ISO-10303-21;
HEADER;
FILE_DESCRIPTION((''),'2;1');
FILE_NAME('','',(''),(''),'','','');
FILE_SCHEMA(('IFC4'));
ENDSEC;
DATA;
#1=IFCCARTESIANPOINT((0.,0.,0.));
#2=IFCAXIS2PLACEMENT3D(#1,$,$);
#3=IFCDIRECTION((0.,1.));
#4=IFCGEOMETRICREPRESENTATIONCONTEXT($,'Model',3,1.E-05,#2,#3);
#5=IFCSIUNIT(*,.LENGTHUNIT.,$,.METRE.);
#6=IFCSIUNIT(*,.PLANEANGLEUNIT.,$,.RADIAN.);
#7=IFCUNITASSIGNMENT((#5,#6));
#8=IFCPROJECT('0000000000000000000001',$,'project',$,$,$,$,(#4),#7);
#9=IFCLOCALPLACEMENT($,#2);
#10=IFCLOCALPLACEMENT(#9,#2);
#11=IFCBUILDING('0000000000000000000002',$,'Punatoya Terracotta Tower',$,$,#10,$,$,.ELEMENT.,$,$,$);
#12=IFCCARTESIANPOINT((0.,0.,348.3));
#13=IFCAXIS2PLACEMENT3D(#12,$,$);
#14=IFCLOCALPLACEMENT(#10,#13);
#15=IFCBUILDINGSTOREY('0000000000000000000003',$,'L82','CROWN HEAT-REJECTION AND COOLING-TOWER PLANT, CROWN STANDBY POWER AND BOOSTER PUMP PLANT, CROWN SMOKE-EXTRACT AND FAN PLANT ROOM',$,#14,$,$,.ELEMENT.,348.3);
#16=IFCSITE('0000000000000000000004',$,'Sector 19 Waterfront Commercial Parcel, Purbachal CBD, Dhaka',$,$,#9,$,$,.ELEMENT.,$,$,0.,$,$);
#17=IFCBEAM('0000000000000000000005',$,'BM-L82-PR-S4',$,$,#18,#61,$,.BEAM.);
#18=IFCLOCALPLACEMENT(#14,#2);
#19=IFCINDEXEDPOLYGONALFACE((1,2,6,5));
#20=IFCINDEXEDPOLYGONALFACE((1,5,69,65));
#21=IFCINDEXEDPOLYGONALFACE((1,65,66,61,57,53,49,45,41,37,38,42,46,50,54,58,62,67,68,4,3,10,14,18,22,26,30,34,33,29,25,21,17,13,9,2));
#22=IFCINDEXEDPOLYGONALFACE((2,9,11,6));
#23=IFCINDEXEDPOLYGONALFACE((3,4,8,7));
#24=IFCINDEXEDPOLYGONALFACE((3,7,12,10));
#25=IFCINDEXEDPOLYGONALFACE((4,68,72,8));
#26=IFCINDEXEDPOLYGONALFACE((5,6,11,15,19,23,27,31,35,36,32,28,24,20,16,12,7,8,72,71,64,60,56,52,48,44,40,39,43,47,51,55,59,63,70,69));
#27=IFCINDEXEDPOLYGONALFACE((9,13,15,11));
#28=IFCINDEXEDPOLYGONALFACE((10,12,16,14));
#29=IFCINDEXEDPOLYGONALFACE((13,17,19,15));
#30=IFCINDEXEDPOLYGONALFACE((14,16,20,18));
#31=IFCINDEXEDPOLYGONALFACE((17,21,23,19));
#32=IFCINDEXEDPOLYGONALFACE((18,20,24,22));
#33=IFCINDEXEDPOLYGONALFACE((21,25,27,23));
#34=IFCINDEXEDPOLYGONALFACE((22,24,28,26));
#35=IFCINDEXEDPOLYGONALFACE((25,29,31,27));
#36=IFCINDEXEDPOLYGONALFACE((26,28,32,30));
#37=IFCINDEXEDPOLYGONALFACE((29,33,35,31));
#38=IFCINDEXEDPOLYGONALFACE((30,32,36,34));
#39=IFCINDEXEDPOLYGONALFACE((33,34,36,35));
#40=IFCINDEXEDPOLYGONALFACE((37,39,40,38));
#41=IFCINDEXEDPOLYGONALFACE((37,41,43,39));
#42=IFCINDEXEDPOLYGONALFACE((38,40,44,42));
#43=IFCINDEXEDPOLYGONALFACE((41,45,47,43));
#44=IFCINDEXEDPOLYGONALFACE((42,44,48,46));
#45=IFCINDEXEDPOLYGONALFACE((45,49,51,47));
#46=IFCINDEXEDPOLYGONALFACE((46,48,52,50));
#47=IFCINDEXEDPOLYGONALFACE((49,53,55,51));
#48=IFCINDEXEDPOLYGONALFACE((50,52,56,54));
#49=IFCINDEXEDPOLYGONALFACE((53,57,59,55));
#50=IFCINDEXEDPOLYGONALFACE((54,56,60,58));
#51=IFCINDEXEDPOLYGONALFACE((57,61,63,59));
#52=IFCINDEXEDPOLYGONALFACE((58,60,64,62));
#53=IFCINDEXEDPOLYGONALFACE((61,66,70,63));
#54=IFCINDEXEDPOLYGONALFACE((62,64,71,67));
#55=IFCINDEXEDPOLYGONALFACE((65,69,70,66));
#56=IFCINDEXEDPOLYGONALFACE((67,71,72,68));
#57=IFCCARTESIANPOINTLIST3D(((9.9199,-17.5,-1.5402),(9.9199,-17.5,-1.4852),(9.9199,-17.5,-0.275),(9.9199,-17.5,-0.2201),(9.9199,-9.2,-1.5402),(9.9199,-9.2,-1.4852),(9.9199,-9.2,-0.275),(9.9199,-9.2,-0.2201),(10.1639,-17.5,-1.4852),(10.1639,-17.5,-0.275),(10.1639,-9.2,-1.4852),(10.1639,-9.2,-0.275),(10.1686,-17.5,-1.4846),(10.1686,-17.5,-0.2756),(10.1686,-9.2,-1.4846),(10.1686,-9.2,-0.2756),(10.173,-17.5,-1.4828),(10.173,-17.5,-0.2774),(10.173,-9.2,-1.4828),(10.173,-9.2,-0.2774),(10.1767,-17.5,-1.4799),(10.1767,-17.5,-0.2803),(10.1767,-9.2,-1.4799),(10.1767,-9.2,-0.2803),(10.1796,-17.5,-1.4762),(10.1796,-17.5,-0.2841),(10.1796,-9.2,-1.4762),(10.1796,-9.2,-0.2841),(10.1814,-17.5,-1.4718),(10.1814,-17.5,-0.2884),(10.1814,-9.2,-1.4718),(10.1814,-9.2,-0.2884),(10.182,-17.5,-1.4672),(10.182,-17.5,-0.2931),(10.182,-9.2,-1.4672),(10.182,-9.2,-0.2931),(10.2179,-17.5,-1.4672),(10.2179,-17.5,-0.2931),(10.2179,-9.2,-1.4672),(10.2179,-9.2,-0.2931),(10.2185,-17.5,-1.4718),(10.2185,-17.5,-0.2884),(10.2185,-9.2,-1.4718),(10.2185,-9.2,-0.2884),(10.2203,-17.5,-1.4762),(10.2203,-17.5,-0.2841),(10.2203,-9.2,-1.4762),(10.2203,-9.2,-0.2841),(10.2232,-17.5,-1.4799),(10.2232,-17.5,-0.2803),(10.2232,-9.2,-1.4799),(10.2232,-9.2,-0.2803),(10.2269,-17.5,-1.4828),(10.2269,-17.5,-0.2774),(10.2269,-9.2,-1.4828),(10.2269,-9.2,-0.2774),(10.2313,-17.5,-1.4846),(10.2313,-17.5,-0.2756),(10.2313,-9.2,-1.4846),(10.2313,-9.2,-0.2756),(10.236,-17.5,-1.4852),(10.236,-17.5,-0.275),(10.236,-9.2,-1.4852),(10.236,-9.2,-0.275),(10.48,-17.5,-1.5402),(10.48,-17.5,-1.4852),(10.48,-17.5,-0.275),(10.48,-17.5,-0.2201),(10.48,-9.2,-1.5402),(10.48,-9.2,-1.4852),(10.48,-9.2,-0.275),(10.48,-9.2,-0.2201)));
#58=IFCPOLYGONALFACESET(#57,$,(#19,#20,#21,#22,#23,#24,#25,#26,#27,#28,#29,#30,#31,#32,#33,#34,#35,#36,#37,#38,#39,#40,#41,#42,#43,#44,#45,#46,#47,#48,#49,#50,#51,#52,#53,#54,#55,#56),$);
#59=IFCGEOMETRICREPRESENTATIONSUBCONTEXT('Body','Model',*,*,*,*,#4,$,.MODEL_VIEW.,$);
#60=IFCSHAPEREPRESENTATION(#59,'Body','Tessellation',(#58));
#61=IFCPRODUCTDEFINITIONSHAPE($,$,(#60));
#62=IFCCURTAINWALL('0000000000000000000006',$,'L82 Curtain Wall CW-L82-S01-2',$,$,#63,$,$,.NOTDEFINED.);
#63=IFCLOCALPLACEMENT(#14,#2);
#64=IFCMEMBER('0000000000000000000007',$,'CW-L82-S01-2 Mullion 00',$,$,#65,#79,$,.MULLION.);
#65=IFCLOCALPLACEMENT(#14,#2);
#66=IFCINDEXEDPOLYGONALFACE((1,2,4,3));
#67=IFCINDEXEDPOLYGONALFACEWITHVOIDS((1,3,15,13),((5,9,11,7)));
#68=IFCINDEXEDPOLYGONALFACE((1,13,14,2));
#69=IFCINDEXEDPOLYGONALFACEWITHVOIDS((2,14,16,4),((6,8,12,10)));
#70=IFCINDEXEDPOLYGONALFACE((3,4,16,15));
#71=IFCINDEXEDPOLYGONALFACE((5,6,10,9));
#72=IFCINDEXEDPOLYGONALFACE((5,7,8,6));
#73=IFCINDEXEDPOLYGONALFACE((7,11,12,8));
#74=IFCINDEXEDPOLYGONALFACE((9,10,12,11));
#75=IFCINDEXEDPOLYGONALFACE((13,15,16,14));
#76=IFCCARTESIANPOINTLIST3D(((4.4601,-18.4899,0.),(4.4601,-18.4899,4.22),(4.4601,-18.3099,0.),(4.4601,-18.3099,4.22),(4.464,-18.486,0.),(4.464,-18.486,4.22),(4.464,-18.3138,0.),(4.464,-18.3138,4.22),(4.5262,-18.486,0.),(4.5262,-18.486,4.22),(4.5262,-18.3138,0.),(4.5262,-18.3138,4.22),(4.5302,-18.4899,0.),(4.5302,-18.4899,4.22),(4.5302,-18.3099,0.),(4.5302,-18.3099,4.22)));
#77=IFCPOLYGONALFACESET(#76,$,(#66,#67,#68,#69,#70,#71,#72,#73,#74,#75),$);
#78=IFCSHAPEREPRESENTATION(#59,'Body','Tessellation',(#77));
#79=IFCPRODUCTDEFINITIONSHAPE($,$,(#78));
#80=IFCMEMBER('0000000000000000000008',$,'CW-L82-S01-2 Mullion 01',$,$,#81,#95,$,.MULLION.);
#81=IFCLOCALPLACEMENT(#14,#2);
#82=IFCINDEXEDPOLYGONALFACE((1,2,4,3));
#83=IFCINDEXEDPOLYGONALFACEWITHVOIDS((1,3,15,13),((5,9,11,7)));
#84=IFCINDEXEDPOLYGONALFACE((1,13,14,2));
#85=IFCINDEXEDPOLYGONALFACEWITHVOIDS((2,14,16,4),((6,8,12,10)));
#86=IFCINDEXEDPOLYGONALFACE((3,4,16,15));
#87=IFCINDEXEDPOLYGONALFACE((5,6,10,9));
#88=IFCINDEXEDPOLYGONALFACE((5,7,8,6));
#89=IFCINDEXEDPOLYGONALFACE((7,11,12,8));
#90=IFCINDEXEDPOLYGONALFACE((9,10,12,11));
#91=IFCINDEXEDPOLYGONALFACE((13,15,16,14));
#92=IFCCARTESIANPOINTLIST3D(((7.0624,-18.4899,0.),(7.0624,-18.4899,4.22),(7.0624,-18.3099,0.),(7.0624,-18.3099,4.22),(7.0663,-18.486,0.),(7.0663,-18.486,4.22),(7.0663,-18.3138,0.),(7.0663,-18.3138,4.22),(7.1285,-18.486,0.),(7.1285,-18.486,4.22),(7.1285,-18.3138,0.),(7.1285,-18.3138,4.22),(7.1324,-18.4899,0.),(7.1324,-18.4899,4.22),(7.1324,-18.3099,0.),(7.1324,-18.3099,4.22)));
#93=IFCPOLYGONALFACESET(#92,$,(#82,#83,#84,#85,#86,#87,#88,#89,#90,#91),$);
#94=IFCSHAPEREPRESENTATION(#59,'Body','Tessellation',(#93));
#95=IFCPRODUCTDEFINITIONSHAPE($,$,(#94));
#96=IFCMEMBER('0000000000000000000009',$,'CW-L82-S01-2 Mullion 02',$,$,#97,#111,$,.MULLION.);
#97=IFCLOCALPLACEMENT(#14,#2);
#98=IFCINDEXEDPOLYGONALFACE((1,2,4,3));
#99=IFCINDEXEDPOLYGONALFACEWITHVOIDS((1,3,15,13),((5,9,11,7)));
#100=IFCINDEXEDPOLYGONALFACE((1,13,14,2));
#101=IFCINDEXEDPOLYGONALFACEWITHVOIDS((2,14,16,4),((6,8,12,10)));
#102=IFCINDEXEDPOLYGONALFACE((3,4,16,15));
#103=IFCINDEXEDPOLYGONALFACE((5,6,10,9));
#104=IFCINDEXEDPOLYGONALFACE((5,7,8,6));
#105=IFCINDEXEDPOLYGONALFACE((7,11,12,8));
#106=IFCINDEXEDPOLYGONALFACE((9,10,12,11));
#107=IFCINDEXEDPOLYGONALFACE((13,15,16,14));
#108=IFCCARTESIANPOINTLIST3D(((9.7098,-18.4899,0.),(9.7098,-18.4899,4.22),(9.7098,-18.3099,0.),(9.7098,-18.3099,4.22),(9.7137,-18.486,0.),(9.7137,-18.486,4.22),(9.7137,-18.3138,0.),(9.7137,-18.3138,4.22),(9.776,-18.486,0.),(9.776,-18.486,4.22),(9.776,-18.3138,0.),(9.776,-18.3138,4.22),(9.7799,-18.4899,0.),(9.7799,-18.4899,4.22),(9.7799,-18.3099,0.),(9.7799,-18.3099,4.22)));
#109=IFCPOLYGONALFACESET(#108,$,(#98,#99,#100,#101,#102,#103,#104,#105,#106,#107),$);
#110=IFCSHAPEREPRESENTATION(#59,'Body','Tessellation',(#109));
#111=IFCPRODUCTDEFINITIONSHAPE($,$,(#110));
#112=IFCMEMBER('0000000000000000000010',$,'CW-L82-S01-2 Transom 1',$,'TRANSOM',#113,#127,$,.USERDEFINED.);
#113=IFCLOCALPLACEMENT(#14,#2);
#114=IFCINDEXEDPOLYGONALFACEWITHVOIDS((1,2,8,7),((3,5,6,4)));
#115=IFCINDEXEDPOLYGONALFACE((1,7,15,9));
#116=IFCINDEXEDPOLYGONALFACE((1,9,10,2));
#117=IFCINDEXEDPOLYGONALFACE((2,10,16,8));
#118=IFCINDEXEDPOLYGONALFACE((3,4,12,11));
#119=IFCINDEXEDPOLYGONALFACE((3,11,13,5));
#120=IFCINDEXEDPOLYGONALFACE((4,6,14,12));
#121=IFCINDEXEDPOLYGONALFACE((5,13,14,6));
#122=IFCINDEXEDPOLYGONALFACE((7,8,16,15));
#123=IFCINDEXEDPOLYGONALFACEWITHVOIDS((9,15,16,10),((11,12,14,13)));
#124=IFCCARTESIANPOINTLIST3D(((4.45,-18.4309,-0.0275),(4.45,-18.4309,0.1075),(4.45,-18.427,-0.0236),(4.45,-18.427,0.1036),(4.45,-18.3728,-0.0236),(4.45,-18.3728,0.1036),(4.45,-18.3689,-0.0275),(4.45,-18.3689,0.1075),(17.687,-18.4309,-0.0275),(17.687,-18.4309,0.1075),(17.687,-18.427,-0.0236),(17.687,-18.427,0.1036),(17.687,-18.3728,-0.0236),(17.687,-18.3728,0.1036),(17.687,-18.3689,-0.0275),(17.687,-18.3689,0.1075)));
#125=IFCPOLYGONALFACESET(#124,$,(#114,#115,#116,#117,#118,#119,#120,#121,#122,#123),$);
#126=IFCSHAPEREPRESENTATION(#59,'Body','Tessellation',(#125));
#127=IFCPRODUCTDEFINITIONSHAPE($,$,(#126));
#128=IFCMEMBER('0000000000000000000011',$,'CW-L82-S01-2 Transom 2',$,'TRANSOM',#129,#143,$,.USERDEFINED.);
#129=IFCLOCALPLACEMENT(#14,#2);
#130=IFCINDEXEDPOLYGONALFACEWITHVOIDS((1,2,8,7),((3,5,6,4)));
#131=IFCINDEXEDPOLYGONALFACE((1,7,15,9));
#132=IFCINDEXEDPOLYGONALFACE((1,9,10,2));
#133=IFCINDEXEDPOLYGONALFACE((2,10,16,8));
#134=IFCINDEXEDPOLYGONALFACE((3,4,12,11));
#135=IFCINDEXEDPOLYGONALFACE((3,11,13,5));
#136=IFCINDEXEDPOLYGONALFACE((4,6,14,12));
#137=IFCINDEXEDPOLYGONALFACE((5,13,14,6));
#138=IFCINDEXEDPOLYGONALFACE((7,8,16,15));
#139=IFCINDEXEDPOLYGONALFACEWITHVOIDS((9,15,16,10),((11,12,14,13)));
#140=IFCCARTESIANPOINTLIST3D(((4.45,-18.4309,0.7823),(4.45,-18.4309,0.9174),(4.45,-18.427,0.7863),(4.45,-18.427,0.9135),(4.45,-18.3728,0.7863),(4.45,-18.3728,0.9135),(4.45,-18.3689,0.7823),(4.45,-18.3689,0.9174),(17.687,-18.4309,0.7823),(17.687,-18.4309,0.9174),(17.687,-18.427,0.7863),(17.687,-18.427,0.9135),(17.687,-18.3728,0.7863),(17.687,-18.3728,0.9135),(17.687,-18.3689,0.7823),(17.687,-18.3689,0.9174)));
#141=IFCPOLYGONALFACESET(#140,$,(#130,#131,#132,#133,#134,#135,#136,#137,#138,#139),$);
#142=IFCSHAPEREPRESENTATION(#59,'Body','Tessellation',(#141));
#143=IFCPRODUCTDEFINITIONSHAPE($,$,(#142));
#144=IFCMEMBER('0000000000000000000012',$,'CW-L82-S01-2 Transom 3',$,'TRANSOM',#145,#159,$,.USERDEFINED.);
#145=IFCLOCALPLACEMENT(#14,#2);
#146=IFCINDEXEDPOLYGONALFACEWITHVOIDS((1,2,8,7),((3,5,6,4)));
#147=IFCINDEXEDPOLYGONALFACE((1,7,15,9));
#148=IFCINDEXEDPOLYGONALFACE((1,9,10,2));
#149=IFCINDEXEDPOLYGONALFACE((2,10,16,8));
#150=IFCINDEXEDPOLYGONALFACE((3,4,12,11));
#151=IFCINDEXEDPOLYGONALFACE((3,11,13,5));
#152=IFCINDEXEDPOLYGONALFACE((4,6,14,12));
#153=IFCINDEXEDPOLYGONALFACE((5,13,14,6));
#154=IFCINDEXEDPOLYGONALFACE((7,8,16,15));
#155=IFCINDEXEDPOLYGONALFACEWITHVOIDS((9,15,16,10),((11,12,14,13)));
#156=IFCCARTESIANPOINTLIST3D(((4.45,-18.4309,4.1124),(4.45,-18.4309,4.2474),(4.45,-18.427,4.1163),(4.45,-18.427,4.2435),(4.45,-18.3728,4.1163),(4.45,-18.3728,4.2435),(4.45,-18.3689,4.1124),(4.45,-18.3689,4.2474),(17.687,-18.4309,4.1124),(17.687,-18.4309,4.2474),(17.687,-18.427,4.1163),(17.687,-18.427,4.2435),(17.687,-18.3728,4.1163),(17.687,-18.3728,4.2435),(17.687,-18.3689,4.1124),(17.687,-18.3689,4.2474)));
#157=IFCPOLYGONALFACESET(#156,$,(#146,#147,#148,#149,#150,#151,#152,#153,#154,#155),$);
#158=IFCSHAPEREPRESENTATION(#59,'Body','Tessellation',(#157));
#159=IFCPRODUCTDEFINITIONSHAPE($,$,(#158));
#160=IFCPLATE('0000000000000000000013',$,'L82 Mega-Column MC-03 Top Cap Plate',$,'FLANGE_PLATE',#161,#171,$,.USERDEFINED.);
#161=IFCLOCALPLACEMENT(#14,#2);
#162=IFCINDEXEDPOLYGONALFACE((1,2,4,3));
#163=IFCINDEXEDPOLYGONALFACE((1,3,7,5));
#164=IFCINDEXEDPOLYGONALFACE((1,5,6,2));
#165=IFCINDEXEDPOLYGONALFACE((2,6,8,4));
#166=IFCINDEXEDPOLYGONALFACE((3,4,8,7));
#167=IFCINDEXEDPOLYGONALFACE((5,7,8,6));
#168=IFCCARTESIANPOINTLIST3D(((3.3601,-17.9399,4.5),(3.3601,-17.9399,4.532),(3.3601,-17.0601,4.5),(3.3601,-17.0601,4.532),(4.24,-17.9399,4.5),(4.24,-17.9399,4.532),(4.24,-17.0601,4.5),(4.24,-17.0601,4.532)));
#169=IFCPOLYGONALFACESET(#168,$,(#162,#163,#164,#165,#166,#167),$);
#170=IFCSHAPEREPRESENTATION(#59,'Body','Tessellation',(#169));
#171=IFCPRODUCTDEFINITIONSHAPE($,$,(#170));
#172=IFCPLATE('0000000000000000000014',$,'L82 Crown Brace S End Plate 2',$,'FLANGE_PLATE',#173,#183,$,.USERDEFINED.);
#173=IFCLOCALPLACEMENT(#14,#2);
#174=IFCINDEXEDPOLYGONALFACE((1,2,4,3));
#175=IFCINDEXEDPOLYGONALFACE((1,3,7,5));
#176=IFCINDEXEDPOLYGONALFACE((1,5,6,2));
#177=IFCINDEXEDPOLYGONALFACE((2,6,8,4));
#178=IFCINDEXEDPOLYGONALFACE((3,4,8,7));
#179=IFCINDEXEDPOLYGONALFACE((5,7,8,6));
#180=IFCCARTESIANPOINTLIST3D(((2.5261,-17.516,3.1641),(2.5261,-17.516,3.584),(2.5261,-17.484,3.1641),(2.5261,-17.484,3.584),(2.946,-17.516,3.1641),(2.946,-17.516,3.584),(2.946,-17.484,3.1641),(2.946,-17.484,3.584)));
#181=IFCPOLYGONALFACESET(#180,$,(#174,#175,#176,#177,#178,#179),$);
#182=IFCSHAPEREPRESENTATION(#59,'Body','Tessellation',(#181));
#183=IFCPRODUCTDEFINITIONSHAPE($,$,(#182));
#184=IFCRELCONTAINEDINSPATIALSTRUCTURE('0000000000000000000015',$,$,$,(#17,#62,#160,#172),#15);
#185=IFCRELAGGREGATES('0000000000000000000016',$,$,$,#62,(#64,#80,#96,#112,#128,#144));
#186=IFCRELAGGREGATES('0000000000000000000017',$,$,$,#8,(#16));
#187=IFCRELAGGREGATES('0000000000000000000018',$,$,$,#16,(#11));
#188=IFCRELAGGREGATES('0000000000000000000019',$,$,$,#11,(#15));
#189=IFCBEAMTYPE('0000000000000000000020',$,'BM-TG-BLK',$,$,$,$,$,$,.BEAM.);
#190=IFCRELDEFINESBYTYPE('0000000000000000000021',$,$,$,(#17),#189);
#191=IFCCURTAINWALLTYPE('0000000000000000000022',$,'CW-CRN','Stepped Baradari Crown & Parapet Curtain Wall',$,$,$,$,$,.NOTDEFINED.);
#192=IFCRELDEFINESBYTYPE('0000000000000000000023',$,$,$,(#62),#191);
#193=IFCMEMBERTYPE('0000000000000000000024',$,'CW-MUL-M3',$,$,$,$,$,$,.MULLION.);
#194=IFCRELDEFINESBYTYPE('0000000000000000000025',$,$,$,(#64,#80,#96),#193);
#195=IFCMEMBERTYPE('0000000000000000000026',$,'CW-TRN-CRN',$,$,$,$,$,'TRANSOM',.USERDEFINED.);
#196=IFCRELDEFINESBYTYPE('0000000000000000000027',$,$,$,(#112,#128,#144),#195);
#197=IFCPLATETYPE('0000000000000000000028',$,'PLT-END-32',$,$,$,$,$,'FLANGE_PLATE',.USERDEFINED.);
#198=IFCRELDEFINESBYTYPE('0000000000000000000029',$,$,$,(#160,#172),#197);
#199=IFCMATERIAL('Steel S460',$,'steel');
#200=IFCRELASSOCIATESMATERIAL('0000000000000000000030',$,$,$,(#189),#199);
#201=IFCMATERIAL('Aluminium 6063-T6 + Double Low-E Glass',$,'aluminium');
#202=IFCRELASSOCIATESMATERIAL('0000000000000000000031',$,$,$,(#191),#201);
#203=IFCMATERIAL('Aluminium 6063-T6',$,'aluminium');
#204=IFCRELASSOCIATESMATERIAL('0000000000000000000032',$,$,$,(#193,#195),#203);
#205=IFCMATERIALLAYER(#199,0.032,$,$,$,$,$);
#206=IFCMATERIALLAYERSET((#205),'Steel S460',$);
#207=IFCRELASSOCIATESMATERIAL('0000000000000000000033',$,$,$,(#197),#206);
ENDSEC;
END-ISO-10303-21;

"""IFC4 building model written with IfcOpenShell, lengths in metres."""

from ifc_helpers import new_model, si_unit, direction, frame, origin, origin_2d, place, context, subcontext, project, spatial, rectangle, hollow_rectangle, i_section, extrude, material, layer, layer_set, material_profile, profile_set, type_object, element, aggregate, save


model = new_model("IFC4")

# Units and contexts
model_context = context("Model", 3, precision=1e-05, world=origin(), true_north=direction((0.0, 1.0)))
body_context = subcontext(model_context, "Body", "Model", "MODEL_VIEW")
ifc_project = project(units=[si_unit("LENGTHUNIT", "METRE"), si_unit("PLANEANGLEUNIT", "RADIAN")], contexts=[model_context])

# Site, building, storey
site_placement = place(None, origin())
site = spatial("IfcSite", under=ifc_project, at=site_placement, Name="Sector 19 Waterfront Commercial Parcel, Purbachal CBD, Dhaka", CompositionType="ELEMENT", RefElevation=0.0)
building_placement = place(site_placement, origin())
building = spatial("IfcBuilding", under=site, at=building_placement, Name="Punatoya Terracotta Tower", CompositionType="ELEMENT")
storey_placement = place(building_placement, frame((0.0, 0.0, 348.3)))
storey = spatial("IfcBuildingStorey", under=building, at=storey_placement, Name="L82", Description="CROWN HEAT-REJECTION AND COOLING-TOWER PLANT, CROWN STANDBY POWER AND BOOSTER PUMP PLANT, CROWN SMOKE-EXTRACT AND FAN PLANT ROOM", CompositionType="ELEMENT", Elevation=348.3)

# Shared definitions
ifc_material_1 = material(Name="Steel S460", Category="steel")

# Beam
ifc_material_profile_1 = material_profile(ifc_material_1, i_section(OverallWidth=0.5601, OverallDepth=1.3201, WebThickness=0.0359, FlangeThickness=0.0549, FilletRadius=0.0181, at=origin_2d()))
ifc_profile_set_1 = profile_set([ifc_material_profile_1], Name="Steel S460")
beam_type = type_object("IfcBeamType", Name="BM-TG-BLK", PredefinedType="BEAM", material=ifc_profile_set_1)
for number, where, z_axis, x_axis, name in (
    (1, (10.2, -17.5, -0.8801), (0.0, 1.0, 0.0), (-1.0, 0.0, 0.0), "BM-L82-PR-S4"),
):
    element("IfcBeam", number, at=place(storey_placement, frame(where, z_axis=z_axis, x_axis=x_axis)), inside=storey, type_object=beam_type, Name=name, PredefinedType="BEAM", context=body_context, shape_type="SweptSolid", body=[
        extrude(i_section(OverallWidth=0.5601, OverallDepth=1.3201, WebThickness=0.0359, FlangeThickness=0.0549, FilletRadius=0.0181, at=origin_2d()), origin(), (0.0, 0.0, 1.0), 8.3),
    ])

# Curtain wall, members
ifc_material_2 = material(Name="Aluminium 6063-T6 + Double Low-E Glass", Category="aluminium")
curtain_wall_type = type_object("IfcCurtainWallType", Name="CW-CRN", Description="Stepped Baradari Crown & Parapet Curtain Wall", PredefinedType="NOTDEFINED", material=ifc_material_2)
curtain_wall_placement = place(storey_placement, origin())
curtain_wall = element("IfcCurtainWall", 2, at=curtain_wall_placement, inside=storey, type_object=curtain_wall_type, Name="L82 Curtain Wall CW-L82-S01-2", PredefinedType="NOTDEFINED")
ifc_material_3 = material(Name="Aluminium 6063-T6", Category="aluminium")
ifc_material_profile_2 = material_profile(ifc_material_3, hollow_rectangle(XDim=0.0701, YDim=0.1799, WallThickness=0.0039, at=origin_2d()))
ifc_profile_set_2 = profile_set([ifc_material_profile_2], Name="Aluminium 6063-T6")
member_type_1 = type_object("IfcMemberType", Name="CW-MUL-M3", PredefinedType="MULLION", material=ifc_profile_set_2)
member_1_placement = place(storey_placement, frame((4.4951, -18.3999, 0.0), z_axis=(0.0, 0.0, 1.0), x_axis=(1.0, 0.0, 0.0)))
member_1 = element("IfcMember", 3, at=member_1_placement, type_object=member_type_1, Name="CW-L82-S01-2 Mullion 00", PredefinedType="MULLION", context=body_context, shape_type="SweptSolid", body=[
    extrude(hollow_rectangle(XDim=0.0701, YDim=0.1799, WallThickness=0.0039, at=origin_2d()), origin(), (0.0, 0.0, 1.0), 4.22),
])
member_2_placement = place(storey_placement, frame((7.0974, -18.3999, 0.0), z_axis=(0.0, 0.0, 1.0), x_axis=(1.0, 0.0, 0.0)))
member_2 = element("IfcMember", 4, at=member_2_placement, type_object=member_type_1, Name="CW-L82-S01-2 Mullion 01", PredefinedType="MULLION", context=body_context, shape_type="SweptSolid", body=[
    extrude(hollow_rectangle(XDim=0.0701, YDim=0.1799, WallThickness=0.0039, at=origin_2d()), origin(), (0.0, 0.0, 1.0), 4.22),
])
member_3_placement = place(storey_placement, frame((9.7449, -18.3999, 0.0), z_axis=(0.0, 0.0, 1.0), x_axis=(1.0, 0.0, 0.0)))
member_3 = element("IfcMember", 5, at=member_3_placement, type_object=member_type_1, Name="CW-L82-S01-2 Mullion 02", PredefinedType="MULLION", context=body_context, shape_type="SweptSolid", body=[
    extrude(hollow_rectangle(XDim=0.0701, YDim=0.1799, WallThickness=0.0039, at=origin_2d()), origin(), (0.0, 0.0, 1.0), 4.22),
])
ifc_material_profile_3 = material_profile(ifc_material_3, hollow_rectangle(XDim=0.062, YDim=0.135, WallThickness=0.0039, at=origin_2d()))
ifc_profile_set_3 = profile_set([ifc_material_profile_3], Name="Aluminium 6063-T6")
member_type_2 = type_object("IfcMemberType", Name="CW-TRN-CRN", ElementType="TRANSOM", PredefinedType="USERDEFINED", material=ifc_profile_set_3)
member_4_placement = place(storey_placement, frame((4.45, -18.3999, 0.04), z_axis=(1.0, 0.0, 0.0), x_axis=(0.0, 1.0, 0.0)))
member_4 = element("IfcMember", 6, at=member_4_placement, type_object=member_type_2, Name="CW-L82-S01-2 Transom 1", ObjectType="TRANSOM", PredefinedType="USERDEFINED", context=body_context, shape_type="SweptSolid", body=[
    extrude(hollow_rectangle(XDim=0.062, YDim=0.135, WallThickness=0.0039, at=origin_2d()), origin(), (0.0, 0.0, 1.0), 13.2371),
])
member_5_placement = place(storey_placement, frame((4.45, -18.3999, 0.8499), z_axis=(1.0, 0.0, 0.0), x_axis=(0.0, 1.0, 0.0)))
member_5 = element("IfcMember", 7, at=member_5_placement, type_object=member_type_2, Name="CW-L82-S01-2 Transom 2", ObjectType="TRANSOM", PredefinedType="USERDEFINED", context=body_context, shape_type="SweptSolid", body=[
    extrude(hollow_rectangle(XDim=0.062, YDim=0.135, WallThickness=0.0039, at=origin_2d()), origin(), (0.0, 0.0, 1.0), 13.2371),
])
member_6_placement = place(storey_placement, frame((4.45, -18.3999, 4.1799), z_axis=(1.0, 0.0, 0.0), x_axis=(0.0, 1.0, 0.0)))
member_6 = element("IfcMember", 8, at=member_6_placement, type_object=member_type_2, Name="CW-L82-S01-2 Transom 3", ObjectType="TRANSOM", PredefinedType="USERDEFINED", context=body_context, shape_type="SweptSolid", body=[
    extrude(hollow_rectangle(XDim=0.062, YDim=0.135, WallThickness=0.0039, at=origin_2d()), origin(), (0.0, 0.0, 1.0), 13.2371),
])

# Plates
ifc_layer_1 = layer(ifc_material_1, 0.032)
ifc_layer_set_1 = layer_set([ifc_layer_1], Name="Steel S460")
plate_type_1 = type_object("IfcPlateType", Name="PLT-END-32", ElementType="FLANGE_PLATE", PredefinedType="USERDEFINED", material=ifc_layer_set_1)
plate_1_placement = place(storey_placement, frame((3.8, -17.5, 4.5), z_axis=(0.0, 0.0, 1.0), x_axis=(1.0, 0.0, 0.0)))
element("IfcPlate", 9, at=plate_1_placement, inside=storey, type_object=plate_type_1, Name="L82 Mega-Column MC-03 Top Cap Plate", ObjectType="FLANGE_PLATE", PredefinedType="USERDEFINED", context=body_context, shape_type="SweptSolid", body=[
    extrude(rectangle(XDim=0.8799, YDim=0.8799, at=origin_2d()), origin(), (0.0, 0.0, 1.0), 0.032),
])
plate_2_placement = place(storey_placement, frame((2.7361, -17.5, 3.1641), z_axis=(0.0, 0.0, 1.0), x_axis=(1.0, 0.0, 0.0)))
element("IfcPlate", 10, at=plate_2_placement, inside=storey, type_object=plate_type_1, Name="L82 Crown Brace S End Plate 2", ObjectType="FLANGE_PLATE", PredefinedType="USERDEFINED", context=body_context, shape_type="SweptSolid", body=[
    extrude(rectangle(XDim=0.4199, YDim=0.032, at=origin_2d()), origin(), (0.0, 0.0, 1.0), 0.4199),
])

aggregate(curtain_wall, [member_1, member_2, member_3, member_4, member_5, member_6])

save(model, "model.ifc")
